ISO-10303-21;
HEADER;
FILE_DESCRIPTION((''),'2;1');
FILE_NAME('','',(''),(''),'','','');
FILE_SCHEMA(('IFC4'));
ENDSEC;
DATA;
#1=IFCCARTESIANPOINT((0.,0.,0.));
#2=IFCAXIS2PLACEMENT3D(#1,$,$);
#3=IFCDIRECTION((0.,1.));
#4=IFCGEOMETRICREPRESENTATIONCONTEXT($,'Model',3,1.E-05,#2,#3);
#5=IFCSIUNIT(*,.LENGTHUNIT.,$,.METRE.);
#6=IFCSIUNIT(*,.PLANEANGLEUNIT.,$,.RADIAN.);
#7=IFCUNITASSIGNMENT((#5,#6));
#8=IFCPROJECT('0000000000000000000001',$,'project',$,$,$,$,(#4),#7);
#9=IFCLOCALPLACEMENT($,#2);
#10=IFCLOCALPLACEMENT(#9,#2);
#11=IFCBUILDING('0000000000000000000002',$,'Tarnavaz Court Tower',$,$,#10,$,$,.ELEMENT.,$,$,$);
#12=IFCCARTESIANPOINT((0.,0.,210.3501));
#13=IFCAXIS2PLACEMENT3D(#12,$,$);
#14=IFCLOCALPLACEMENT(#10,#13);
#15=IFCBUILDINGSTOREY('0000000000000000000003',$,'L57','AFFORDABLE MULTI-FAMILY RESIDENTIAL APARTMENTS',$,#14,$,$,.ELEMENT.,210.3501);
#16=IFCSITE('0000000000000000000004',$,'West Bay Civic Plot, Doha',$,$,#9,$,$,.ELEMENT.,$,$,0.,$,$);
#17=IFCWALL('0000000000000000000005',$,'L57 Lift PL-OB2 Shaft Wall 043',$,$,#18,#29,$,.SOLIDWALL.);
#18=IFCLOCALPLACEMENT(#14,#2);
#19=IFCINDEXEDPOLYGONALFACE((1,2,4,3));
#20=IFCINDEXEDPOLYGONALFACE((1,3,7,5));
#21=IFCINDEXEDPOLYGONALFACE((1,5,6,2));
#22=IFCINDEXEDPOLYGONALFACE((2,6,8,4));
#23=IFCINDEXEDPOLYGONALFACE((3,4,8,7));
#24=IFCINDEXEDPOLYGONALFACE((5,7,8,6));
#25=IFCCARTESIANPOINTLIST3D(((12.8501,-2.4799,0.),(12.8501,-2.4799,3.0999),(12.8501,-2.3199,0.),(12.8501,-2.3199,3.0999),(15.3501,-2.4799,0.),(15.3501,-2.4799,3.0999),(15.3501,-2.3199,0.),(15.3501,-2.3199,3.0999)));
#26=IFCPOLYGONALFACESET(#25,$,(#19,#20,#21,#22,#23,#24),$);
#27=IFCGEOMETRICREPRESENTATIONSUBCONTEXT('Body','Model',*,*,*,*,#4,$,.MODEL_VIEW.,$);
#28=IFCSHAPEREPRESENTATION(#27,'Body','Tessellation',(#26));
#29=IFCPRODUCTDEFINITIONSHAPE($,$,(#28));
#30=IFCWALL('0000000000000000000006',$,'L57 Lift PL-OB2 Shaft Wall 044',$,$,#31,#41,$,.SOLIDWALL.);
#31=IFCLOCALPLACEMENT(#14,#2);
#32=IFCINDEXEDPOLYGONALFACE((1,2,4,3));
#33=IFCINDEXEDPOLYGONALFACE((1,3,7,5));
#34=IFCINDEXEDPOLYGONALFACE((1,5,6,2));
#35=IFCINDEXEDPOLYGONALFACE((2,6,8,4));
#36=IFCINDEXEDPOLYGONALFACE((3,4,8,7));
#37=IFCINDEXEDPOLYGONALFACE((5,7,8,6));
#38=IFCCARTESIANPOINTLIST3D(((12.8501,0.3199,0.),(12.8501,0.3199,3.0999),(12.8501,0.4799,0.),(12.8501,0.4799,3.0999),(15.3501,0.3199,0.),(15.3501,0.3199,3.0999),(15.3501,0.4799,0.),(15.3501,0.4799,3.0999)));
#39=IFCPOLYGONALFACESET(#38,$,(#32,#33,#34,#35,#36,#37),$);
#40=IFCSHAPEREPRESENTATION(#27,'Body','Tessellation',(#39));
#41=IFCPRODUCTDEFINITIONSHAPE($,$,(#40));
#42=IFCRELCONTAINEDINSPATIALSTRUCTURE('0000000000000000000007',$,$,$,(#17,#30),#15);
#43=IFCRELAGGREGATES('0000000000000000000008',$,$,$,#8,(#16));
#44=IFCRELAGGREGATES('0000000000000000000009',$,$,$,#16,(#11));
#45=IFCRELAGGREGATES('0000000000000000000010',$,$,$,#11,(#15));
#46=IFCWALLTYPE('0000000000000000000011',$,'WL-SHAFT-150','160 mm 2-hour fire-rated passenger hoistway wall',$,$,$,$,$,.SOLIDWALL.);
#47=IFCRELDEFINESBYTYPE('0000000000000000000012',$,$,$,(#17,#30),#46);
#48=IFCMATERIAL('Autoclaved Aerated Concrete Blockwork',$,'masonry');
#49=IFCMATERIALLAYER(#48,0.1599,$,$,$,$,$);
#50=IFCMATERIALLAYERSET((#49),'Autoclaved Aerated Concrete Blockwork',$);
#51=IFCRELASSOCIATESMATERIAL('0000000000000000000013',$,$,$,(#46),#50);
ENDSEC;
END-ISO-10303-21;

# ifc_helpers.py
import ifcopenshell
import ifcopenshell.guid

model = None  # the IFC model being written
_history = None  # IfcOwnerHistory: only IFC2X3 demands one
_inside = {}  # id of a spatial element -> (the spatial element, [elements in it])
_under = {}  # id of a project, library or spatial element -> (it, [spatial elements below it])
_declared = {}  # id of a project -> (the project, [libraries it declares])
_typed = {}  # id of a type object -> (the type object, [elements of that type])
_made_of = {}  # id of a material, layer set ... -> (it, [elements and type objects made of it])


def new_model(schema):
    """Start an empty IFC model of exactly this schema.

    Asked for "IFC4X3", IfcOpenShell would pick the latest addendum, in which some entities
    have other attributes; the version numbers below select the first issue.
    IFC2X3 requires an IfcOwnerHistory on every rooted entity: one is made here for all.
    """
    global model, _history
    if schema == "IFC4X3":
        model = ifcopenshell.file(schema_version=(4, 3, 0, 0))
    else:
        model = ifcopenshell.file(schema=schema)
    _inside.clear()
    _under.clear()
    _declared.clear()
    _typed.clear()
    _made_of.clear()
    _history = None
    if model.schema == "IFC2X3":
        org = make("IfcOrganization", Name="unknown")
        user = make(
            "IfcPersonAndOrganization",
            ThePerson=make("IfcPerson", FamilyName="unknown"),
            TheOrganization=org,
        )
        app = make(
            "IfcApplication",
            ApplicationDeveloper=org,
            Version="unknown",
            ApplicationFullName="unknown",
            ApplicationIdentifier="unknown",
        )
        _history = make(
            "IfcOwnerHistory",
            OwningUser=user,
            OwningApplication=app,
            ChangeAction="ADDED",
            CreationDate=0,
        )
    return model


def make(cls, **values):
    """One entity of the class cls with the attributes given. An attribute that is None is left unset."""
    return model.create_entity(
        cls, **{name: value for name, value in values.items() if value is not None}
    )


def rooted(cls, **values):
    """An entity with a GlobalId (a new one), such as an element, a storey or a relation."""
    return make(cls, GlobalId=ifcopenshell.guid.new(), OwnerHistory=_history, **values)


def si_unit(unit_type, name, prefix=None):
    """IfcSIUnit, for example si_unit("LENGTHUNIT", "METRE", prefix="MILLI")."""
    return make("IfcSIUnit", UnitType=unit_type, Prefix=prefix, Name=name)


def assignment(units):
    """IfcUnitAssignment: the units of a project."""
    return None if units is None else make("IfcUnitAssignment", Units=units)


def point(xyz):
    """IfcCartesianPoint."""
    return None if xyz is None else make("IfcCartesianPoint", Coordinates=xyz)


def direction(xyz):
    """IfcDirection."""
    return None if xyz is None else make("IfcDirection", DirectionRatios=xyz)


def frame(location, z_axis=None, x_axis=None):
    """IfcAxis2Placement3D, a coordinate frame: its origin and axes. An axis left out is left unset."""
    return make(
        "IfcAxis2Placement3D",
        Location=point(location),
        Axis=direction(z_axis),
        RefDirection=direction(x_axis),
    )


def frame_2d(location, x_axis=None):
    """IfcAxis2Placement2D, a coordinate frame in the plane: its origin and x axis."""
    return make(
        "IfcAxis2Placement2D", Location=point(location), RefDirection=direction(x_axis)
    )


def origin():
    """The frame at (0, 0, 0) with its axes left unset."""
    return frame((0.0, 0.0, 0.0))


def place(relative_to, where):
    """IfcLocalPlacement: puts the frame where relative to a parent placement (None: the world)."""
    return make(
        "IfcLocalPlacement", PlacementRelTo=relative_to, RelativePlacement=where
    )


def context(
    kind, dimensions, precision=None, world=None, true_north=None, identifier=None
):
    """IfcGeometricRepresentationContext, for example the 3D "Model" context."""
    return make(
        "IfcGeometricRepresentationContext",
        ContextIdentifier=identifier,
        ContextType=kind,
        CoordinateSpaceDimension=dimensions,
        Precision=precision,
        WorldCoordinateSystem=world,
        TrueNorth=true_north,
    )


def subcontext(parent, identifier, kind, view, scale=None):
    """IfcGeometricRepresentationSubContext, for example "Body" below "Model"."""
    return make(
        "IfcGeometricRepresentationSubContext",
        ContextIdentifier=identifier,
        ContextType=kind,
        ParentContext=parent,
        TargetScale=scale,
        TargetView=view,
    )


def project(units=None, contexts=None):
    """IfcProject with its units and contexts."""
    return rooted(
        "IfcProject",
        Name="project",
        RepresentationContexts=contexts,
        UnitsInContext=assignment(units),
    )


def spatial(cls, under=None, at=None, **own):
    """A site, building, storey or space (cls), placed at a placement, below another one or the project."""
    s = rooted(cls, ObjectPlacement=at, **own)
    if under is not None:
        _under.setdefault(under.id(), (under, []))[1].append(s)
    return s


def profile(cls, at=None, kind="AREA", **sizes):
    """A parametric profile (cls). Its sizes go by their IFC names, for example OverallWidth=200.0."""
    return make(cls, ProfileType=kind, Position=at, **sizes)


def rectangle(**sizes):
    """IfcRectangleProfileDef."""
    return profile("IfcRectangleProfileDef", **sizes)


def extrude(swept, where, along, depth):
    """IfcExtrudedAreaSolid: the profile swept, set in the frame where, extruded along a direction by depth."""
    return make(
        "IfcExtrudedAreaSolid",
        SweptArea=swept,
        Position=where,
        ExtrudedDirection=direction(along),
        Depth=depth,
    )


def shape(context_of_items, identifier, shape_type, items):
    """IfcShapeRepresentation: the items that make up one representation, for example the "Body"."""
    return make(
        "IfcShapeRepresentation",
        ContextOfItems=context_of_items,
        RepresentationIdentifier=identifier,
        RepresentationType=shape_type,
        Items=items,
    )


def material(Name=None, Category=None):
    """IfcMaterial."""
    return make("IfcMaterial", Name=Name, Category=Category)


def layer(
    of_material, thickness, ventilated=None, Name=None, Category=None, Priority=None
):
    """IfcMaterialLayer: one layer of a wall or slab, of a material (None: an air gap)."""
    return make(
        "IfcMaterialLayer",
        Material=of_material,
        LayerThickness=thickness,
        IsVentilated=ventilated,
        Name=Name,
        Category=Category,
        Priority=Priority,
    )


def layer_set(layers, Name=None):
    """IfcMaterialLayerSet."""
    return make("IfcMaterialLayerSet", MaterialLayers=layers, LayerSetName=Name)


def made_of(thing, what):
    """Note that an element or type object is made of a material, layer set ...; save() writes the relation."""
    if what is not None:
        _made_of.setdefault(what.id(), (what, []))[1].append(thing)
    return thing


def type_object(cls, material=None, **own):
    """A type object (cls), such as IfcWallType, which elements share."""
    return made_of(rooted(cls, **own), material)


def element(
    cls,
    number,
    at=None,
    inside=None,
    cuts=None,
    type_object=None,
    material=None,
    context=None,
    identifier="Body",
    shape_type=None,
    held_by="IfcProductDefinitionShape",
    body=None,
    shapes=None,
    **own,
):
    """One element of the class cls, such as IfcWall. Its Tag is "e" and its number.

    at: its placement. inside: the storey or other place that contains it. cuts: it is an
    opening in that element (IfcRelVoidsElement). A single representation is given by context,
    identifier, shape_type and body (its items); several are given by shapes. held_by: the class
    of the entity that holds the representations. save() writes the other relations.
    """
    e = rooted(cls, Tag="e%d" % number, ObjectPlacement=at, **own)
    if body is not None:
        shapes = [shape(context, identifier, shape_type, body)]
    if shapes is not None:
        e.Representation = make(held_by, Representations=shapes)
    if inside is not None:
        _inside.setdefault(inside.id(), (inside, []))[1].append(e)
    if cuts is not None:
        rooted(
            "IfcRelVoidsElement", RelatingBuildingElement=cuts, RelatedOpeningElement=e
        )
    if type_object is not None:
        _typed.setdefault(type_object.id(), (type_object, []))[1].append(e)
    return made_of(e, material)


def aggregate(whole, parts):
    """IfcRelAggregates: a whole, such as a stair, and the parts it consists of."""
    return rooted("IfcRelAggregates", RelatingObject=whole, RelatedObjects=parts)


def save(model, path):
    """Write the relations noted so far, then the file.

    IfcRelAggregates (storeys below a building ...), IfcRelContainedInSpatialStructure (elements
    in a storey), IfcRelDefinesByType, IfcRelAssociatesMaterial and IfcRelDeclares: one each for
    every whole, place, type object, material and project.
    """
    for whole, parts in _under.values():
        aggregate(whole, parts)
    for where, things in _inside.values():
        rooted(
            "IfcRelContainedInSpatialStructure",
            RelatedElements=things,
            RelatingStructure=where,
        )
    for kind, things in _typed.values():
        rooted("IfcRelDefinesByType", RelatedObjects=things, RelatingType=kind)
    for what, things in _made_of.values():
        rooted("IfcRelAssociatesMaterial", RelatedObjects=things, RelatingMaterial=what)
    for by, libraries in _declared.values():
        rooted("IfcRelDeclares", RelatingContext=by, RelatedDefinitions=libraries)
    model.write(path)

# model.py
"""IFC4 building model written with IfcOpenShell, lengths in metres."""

from ifc_helpers import new_model, si_unit, direction, frame, frame_2d, origin, place, context, subcontext, project, spatial, rectangle, extrude, material, layer, layer_set, type_object, element, save


model = new_model("IFC4")

# Units and contexts
model_context = context("Model", 3, precision=1e-05, world=origin(), true_north=direction((0.0, 1.0)))
body_context = subcontext(model_context, "Body", "Model", "MODEL_VIEW")
ifc_project = project(units=[si_unit("LENGTHUNIT", "METRE"), si_unit("PLANEANGLEUNIT", "RADIAN")], contexts=[model_context])

# Site, building, storey
site_placement = place(None, origin())
site = spatial("IfcSite", under=ifc_project, at=site_placement, Name="West Bay Civic Plot, Doha", CompositionType="ELEMENT", RefElevation=0.0)
building_placement = place(site_placement, origin())
building = spatial("IfcBuilding", under=site, at=building_placement, Name="Tarnavaz Court Tower", CompositionType="ELEMENT")
storey_placement = place(building_placement, frame((0.0, 0.0, 210.3501)))
storey = spatial("IfcBuildingStorey", under=building, at=storey_placement, Name="L57", Description="AFFORDABLE MULTI-FAMILY RESIDENTIAL APARTMENTS", CompositionType="ELEMENT", Elevation=210.3501)

# Shared definitions
ifc_material_1 = material(Name="Autoclaved Aerated Concrete Blockwork", Category="masonry")

# Walls
ifc_layer_1 = layer(ifc_material_1, 0.1599)
ifc_layer_set_1 = layer_set([ifc_layer_1], Name="Autoclaved Aerated Concrete Blockwork")
wall_type_1 = type_object("IfcWallType", Name="WL-SHAFT-150", Description="160 mm 2-hour fire-rated passenger hoistway wall", PredefinedType="SOLIDWALL", material=ifc_layer_set_1)
for number, where, z_axis, x_axis, name in (
    (1, (12.8501, -2.3999, 0.0), (0.0, 0.0, 1.0), (1.0, 0.0, 0.0), "L57 Lift PL-OB2 Shaft Wall 043"),
    (2, (12.8501, 0.3999, 0.0), (0.0, 0.0, 1.0), (1.0, 0.0, 0.0), "L57 Lift PL-OB2 Shaft Wall 044"),
):
    element("IfcWall", number, at=place(storey_placement, frame(where, z_axis=z_axis, x_axis=x_axis)), inside=storey, type_object=wall_type_1, Name=name, PredefinedType="SOLIDWALL", context=body_context, shape_type="SweptSolid", body=[
        extrude(rectangle(XDim=2.5, YDim=0.1599, at=frame_2d((1.25, 0.0))), origin(), (0.0, 0.0, 1.0), 3.0999),
    ])

save(model, "model.ifc")
